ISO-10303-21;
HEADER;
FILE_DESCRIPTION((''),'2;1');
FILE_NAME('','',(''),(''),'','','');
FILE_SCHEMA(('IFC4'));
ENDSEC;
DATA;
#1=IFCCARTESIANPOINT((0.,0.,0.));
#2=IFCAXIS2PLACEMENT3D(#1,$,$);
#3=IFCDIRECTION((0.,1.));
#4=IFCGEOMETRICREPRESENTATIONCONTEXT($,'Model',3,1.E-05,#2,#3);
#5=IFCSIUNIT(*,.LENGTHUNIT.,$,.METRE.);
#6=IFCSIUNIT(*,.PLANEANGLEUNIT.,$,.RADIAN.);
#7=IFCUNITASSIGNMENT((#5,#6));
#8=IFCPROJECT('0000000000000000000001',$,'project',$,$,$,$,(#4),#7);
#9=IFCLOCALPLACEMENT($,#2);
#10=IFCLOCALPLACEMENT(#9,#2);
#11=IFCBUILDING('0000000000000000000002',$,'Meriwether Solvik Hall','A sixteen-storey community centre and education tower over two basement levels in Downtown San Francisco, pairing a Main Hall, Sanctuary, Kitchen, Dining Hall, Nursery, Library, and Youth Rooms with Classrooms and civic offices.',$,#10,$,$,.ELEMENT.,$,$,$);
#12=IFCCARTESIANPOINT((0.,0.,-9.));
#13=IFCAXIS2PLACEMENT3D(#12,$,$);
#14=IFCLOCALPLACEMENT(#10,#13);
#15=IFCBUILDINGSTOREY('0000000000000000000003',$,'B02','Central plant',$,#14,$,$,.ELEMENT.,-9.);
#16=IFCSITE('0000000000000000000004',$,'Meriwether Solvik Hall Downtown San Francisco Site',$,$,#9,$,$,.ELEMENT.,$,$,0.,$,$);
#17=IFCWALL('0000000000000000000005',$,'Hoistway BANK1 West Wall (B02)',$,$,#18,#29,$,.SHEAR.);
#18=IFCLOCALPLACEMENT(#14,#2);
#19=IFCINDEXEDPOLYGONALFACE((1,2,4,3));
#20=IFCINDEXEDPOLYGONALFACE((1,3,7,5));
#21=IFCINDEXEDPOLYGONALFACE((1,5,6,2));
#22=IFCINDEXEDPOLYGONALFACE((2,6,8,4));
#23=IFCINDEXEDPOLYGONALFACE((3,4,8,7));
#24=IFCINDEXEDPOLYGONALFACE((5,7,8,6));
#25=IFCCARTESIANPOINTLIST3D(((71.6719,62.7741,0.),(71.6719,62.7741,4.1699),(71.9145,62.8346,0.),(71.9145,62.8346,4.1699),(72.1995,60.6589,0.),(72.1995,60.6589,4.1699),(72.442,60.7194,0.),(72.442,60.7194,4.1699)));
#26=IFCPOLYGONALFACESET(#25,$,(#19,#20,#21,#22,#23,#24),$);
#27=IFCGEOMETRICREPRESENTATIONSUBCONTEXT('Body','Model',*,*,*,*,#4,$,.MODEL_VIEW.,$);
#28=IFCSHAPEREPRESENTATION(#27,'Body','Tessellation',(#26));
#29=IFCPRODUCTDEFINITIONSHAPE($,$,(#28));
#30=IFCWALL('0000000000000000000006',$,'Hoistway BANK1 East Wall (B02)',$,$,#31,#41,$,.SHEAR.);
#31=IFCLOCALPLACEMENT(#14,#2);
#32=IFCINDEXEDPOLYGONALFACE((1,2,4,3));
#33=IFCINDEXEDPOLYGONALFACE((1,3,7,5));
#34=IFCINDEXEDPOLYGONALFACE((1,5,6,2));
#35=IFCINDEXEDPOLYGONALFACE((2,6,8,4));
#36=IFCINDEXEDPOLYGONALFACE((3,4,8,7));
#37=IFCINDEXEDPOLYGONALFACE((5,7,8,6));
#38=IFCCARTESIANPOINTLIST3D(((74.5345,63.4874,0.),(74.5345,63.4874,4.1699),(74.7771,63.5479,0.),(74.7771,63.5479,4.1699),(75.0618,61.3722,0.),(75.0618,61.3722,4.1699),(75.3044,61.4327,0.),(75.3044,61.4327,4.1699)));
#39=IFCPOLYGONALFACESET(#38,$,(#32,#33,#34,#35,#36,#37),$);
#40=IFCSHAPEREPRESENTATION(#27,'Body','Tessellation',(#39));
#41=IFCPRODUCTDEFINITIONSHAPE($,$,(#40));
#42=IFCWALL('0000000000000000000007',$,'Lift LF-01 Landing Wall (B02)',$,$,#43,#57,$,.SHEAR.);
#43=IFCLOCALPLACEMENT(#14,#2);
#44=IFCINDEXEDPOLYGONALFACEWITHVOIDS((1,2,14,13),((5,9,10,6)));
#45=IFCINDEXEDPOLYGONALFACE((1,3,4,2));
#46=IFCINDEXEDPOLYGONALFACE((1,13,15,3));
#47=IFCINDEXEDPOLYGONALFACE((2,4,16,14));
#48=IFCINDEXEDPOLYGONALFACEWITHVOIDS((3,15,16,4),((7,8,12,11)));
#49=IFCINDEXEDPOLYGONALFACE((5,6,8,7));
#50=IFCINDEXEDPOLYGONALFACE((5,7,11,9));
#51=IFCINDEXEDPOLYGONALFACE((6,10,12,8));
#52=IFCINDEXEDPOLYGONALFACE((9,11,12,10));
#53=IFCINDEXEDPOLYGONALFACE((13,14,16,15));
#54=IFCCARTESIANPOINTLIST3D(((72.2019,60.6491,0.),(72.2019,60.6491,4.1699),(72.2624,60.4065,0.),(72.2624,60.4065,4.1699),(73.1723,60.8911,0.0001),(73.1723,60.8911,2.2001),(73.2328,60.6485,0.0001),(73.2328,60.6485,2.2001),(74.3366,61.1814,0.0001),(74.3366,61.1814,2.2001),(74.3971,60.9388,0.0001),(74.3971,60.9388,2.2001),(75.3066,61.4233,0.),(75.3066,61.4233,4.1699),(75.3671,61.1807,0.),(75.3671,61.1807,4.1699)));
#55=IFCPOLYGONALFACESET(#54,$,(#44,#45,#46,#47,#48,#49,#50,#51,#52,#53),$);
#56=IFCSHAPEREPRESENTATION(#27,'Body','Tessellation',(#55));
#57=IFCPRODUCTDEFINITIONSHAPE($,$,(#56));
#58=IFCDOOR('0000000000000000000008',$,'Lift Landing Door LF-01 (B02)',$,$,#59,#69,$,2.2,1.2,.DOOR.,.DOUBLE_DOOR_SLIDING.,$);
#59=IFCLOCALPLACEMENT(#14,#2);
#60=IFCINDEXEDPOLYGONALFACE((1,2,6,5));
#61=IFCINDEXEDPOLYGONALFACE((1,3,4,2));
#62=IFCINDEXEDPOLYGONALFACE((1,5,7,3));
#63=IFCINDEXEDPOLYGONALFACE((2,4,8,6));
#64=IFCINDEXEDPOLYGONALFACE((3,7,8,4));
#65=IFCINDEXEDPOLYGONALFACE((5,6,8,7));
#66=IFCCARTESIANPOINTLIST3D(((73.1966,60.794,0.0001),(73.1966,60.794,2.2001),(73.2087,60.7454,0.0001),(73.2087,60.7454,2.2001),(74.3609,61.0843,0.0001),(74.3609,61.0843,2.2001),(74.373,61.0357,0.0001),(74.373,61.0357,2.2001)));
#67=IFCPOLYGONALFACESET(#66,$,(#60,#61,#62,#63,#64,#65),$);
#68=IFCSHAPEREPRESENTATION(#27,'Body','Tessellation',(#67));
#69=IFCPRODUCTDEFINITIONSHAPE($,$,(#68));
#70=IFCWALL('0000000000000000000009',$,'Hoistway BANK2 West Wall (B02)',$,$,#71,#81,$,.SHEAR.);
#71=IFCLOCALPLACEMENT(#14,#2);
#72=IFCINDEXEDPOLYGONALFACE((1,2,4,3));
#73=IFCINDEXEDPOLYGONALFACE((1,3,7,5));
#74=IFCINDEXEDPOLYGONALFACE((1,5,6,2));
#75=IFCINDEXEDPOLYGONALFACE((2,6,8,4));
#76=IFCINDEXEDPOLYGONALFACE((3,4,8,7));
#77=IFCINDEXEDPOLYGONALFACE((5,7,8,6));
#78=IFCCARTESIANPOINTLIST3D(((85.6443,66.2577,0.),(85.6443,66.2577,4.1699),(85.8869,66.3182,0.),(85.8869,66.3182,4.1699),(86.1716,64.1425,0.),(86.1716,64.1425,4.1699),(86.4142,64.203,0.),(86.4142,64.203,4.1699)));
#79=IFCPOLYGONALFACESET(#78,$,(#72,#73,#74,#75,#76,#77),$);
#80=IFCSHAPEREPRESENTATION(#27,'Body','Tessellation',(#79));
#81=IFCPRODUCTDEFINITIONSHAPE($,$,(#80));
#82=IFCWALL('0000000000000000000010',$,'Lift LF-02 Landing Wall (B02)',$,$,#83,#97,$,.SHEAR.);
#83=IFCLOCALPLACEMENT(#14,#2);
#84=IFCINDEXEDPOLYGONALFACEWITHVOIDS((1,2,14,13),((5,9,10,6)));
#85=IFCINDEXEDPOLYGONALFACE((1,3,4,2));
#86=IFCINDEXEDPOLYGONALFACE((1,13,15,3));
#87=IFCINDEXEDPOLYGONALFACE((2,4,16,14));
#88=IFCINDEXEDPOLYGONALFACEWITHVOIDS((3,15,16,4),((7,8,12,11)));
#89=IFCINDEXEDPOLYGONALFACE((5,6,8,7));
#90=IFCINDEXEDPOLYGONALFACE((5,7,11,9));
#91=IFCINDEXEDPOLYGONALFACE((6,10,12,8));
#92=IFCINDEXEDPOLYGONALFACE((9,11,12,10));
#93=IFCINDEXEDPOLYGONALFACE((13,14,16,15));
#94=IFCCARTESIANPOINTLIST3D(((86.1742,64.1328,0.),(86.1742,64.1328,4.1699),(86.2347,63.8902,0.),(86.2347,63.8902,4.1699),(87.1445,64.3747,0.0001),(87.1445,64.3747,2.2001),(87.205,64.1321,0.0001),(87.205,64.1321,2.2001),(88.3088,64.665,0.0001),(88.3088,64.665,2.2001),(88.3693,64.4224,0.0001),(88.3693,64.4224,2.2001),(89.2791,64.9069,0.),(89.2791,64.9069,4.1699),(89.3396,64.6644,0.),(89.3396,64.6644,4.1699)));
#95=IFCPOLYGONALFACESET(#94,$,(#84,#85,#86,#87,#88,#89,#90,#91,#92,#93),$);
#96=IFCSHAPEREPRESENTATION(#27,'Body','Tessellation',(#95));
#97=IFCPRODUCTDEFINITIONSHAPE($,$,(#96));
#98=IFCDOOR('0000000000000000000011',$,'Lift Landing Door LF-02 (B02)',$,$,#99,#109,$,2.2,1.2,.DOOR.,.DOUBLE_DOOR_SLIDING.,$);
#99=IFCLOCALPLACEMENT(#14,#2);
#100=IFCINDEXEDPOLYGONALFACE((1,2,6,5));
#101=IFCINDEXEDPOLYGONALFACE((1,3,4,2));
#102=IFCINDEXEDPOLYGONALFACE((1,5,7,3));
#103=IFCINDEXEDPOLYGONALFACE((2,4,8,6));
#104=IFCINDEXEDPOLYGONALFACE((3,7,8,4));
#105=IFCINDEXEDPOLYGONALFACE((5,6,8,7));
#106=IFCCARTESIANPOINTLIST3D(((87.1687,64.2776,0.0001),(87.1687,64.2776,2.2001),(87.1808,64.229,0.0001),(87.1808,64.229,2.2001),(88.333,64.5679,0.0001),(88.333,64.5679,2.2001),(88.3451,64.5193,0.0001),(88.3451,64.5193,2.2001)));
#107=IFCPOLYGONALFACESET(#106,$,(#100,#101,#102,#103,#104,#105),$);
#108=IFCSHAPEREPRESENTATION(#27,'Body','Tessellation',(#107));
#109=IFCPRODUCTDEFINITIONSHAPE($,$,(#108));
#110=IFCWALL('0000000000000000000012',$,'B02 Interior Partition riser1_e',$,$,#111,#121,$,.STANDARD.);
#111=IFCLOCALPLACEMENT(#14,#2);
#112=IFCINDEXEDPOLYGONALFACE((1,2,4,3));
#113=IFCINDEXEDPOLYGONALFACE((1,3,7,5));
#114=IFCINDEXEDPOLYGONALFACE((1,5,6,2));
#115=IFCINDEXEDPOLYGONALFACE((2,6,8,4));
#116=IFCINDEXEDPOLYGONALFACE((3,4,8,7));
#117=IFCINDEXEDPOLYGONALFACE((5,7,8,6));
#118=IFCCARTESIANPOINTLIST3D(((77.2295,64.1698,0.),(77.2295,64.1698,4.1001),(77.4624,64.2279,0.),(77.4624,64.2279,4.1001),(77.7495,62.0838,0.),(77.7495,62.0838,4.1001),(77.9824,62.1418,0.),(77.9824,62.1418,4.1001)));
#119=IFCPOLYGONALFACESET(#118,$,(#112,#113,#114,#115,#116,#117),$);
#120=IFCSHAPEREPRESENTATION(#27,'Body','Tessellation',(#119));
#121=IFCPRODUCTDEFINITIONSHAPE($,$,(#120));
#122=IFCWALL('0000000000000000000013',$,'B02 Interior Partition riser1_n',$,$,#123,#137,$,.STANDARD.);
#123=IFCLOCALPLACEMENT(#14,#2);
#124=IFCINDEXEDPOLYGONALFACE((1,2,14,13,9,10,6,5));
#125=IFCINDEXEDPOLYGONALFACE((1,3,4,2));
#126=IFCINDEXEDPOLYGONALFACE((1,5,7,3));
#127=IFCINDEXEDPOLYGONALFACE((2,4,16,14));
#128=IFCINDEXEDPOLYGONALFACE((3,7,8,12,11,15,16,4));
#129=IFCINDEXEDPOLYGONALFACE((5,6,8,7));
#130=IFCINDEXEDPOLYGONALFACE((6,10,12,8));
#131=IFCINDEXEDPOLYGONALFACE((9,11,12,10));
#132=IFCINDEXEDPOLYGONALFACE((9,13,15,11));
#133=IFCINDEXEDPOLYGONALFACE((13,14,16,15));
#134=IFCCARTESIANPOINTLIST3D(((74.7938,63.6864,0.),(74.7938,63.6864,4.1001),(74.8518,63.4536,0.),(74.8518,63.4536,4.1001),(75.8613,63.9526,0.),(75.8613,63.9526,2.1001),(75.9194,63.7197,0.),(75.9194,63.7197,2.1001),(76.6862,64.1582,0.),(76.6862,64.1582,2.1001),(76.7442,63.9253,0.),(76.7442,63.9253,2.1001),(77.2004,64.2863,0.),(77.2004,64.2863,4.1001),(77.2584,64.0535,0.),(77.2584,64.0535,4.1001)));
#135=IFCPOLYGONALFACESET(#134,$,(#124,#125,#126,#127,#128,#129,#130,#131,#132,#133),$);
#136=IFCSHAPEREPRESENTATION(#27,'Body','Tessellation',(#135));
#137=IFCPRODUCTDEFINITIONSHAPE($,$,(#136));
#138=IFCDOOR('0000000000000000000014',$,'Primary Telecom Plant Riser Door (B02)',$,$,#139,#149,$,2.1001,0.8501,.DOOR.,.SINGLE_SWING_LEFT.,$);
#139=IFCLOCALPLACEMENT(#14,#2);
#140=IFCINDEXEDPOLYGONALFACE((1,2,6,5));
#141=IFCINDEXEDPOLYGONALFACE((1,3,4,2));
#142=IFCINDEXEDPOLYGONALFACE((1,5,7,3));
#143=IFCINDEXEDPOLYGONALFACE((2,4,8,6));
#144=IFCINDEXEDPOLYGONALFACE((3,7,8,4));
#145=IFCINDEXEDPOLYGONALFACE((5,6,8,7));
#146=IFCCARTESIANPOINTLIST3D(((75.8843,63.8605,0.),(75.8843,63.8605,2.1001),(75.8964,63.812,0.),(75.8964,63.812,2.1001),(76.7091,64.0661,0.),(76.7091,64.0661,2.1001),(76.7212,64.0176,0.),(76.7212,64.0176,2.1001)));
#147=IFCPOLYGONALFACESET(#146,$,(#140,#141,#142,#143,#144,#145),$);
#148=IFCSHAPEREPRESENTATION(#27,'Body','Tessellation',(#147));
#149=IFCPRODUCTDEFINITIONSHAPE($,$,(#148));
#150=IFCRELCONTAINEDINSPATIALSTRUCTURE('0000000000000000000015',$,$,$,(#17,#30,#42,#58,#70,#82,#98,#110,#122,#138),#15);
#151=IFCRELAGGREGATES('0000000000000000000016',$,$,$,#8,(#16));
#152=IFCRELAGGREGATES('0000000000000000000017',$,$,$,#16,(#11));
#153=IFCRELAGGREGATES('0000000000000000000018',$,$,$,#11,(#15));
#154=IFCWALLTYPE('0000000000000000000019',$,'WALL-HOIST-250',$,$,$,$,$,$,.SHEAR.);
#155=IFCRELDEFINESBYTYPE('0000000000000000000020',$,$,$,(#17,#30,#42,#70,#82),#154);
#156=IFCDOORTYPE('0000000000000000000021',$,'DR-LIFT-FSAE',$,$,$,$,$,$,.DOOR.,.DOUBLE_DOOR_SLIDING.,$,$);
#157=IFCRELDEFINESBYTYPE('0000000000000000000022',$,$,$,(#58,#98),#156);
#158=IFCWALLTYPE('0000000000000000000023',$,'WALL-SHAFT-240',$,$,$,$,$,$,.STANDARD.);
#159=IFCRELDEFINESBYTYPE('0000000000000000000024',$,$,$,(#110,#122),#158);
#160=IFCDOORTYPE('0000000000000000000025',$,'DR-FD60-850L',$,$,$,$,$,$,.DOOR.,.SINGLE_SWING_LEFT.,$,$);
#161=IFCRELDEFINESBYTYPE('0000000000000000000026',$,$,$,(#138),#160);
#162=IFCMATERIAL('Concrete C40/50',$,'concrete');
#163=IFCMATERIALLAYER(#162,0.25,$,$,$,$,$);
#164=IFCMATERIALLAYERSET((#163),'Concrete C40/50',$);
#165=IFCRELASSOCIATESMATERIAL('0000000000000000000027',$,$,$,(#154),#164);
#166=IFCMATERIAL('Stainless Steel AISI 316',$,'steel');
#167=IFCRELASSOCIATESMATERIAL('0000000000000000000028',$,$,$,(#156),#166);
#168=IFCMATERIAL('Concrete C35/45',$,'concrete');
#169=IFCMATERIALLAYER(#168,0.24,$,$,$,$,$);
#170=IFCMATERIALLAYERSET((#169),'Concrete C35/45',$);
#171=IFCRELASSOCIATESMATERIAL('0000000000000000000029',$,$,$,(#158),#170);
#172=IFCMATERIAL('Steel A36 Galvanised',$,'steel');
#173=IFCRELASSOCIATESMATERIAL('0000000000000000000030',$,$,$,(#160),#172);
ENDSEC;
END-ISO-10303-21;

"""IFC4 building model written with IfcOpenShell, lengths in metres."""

from ifc_helpers import new_model, si_unit, direction, frame, frame_2d, origin, place, context, subcontext, project, spatial, rectangle, extrude, material, layer, layer_set, type_object, element, fill, save


model = new_model("IFC4")

# Units and contexts
model_context = context("Model", 3, precision=1e-05, world=origin(), true_north=direction((0.0, 1.0)))
body_context = subcontext(model_context, "Body", "Model", "MODEL_VIEW")
ifc_project = project(units=[si_unit("LENGTHUNIT", "METRE"), si_unit("PLANEANGLEUNIT", "RADIAN")], contexts=[model_context])

# Site, building, storey
site_placement = place(None, origin())
site = spatial("IfcSite", under=ifc_project, at=site_placement, Name="Meriwether Solvik Hall Downtown San Francisco Site", CompositionType="ELEMENT", RefElevation=0.0)
building_placement = place(site_placement, origin())
building = spatial("IfcBuilding", under=site, at=building_placement, Name="Meriwether Solvik Hall", Description="A sixteen-storey community centre and education tower over two basement levels in Downtown San Francisco, pairing a Main Hall, Sanctuary, Kitchen, Dining Hall, Nursery, Library, and Youth Rooms with Classrooms and civic offices.", CompositionType="ELEMENT")
storey_placement = place(building_placement, frame((0.0, 0.0, -9.0)))
storey = spatial("IfcBuildingStorey", under=building, at=storey_placement, Name="B02", Description="Central plant", CompositionType="ELEMENT", Elevation=-9.0)

# Walls
ifc_material_1 = material(Name="Concrete C40/50", Category="concrete")
ifc_layer_1 = layer(ifc_material_1, 0.25)
ifc_layer_set_1 = layer_set([ifc_layer_1], Name="Concrete C40/50")
wall_type_1 = type_object("IfcWallType", Name="WALL-HOIST-250", PredefinedType="SHEAR", material=ifc_layer_set_1)
for number, where, z_axis, x_axis, name in (
    (1, (71.7932, 62.8042, 0.0), (0.0, 0.0, 1.0), (0.242009, -0.970274, 0.0), "Hoistway BANK1 West Wall (B02)"),
    (2, (75.1831, 61.4026, 0.0), (0.0, 0.0, 1.0), (-0.241903, 0.9703, 0.0), "Hoistway BANK1 East Wall (B02)"),
):
    element("IfcWall", number, at=place(storey_placement, frame(where, z_axis=z_axis, x_axis=x_axis)), inside=storey, type_object=wall_type_1, Name=name, PredefinedType="SHEAR", context=body_context, shape_type="SweptSolid", body=[
        extrude(rectangle(XDim=2.1799, YDim=0.25, at=frame_2d((1.0898, 0.0))), origin(), (0.0, 0.0, 1.0), 4.1699),
    ])

# Wall, opening, door
wall_1_placement = place(storey_placement, frame((72.2322, 60.5278, 0.0), z_axis=(0.0, 0.0, 1.0), x_axis=(0.97029, 0.241943, 0.0)))
wall_1 = element("IfcWall", 3, at=wall_1_placement, inside=storey, type_object=wall_type_1, Name="Lift LF-01 Landing Wall (B02)", PredefinedType="SHEAR", context=body_context, shape_type="SweptSolid", body=[
    extrude(rectangle(XDim=3.1997, YDim=0.25, at=frame_2d((1.5999, 0.0))), origin(), (0.0, 0.0, 1.0), 4.1699),
])
opening_1_placement = place(wall_1_placement, frame((1.0, 0.0, 0.0)))
opening_1 = element("IfcOpeningElement", 4, at=opening_1_placement, cuts=wall_1, PredefinedType="OPENING", context=body_context, shape_type="SweptSolid", body=[
    extrude(rectangle(XDim=1.2, YDim=2.2, at=frame_2d((0.6001, 1.1001))), frame((0.0, 0.137, 0.0), z_axis=(0.0, -1.0, 0.0), x_axis=(1.0, 0.0, 0.0)), (0.0, 0.0, 1.0), 0.2739),
])
ifc_material_2 = material(Name="Stainless Steel AISI 316", Category="steel")
door_type_1 = type_object("IfcDoorType", Name="DR-LIFT-FSAE", OperationType="DOUBLE_DOOR_SLIDING", PredefinedType="DOOR", material=ifc_material_2)
door_1_placement = place(opening_1_placement, origin())
door_1 = element("IfcDoor", 5, at=door_1_placement, inside=storey, type_object=door_type_1, Name="Lift Landing Door LF-01 (B02)", OperationType="DOUBLE_DOOR_SLIDING", OverallHeight=2.2, OverallWidth=1.2, PredefinedType="DOOR", context=body_context, shape_type="SweptSolid", body=[
    extrude(rectangle(XDim=1.2, YDim=2.2, at=frame_2d((0.6001, 1.1001))), frame((0.0, 0.0249, 0.0), z_axis=(0.0, -1.0, 0.0), x_axis=(1.0, 0.0, 0.0)), (0.0, 0.0, 1.0), 0.05),
])
fill(opening_1, door_1)

# Wall
wall_2_placement = place(storey_placement, frame((85.7656, 66.2878, 0.0), z_axis=(0.0, 0.0, 1.0), x_axis=(0.241903, -0.9703, 0.0)))
element("IfcWall", 6, at=wall_2_placement, inside=storey, type_object=wall_type_1, Name="Hoistway BANK2 West Wall (B02)", PredefinedType="SHEAR", context=body_context, shape_type="SweptSolid", body=[
    extrude(rectangle(XDim=2.1799, YDim=0.25, at=frame_2d((1.0898, 0.0))), origin(), (0.0, 0.0, 1.0), 4.1699),
])

# Wall, opening, door
wall_3_placement = place(storey_placement, frame((86.2043, 64.0115, 0.0), z_axis=(0.0, 0.0, 1.0), x_axis=(0.970295, 0.241925, 0.0)))
wall_3 = element("IfcWall", 7, at=wall_3_placement, inside=storey, type_object=wall_type_1, Name="Lift LF-02 Landing Wall (B02)", PredefinedType="SHEAR", context=body_context, shape_type="SweptSolid", body=[
    extrude(rectangle(XDim=3.2, YDim=0.25, at=frame_2d((1.6001, 0.0))), origin(), (0.0, 0.0, 1.0), 4.1699),
])
opening_2_placement = place(wall_3_placement, frame((1.0, 0.0, 0.0)))
opening_2 = element("IfcOpeningElement", 8, at=opening_2_placement, cuts=wall_3, PredefinedType="OPENING", context=body_context, shape_type="SweptSolid", body=[
    extrude(rectangle(XDim=1.2, YDim=2.2, at=frame_2d((0.6001, 1.1001))), frame((0.0, 0.137, 0.0), z_axis=(0.0, -1.0, 0.0), x_axis=(1.0, 0.0, 0.0)), (0.0, 0.0, 1.0), 0.2739),
])
door_2_placement = place(opening_2_placement, origin())
door_2 = element("IfcDoor", 9, at=door_2_placement, inside=storey, type_object=door_type_1, Name="Lift Landing Door LF-02 (B02)", OperationType="DOUBLE_DOOR_SLIDING", OverallHeight=2.2, OverallWidth=1.2, PredefinedType="DOOR", context=body_context, shape_type="SweptSolid", body=[
    extrude(rectangle(XDim=1.2, YDim=2.2, at=frame_2d((0.6001, 1.1001))), frame((0.0, 0.0249, 0.0), z_axis=(0.0, -1.0, 0.0), x_axis=(1.0, 0.0, 0.0)), (0.0, 0.0, 1.0), 0.05),
])
fill(opening_2, door_2)

# Wall
ifc_material_3 = material(Name="Concrete C35/45", Category="concrete")
ifc_layer_2 = layer(ifc_material_3, 0.24)
ifc_layer_set_2 = layer_set([ifc_layer_2], Name="Concrete C35/45")
wall_type_2 = type_object("IfcWallType", Name="WALL-SHAFT-240", PredefinedType="STANDARD", material=ifc_layer_set_2)
wall_4_placement = place(storey_placement, frame((77.866, 62.1128, 0.0), z_axis=(0.0, 0.0, 1.0), x_axis=(-0.241868, 0.970309, 0.0)))
element("IfcWall", 10, at=wall_4_placement, inside=storey, type_object=wall_type_2, Name="B02 Interior Partition riser1_e", PredefinedType="STANDARD", context=body_context, shape_type="SweptSolid", body=[
    extrude(rectangle(XDim=2.1499, YDim=0.24, at=frame_2d((1.075, 0.0))), origin(), (0.0, 0.0, 1.0), 4.1001),
])

# Wall, opening, door
wall_5_placement = place(storey_placement, frame((77.2295, 64.1699, 0.0), z_axis=(0.0, 0.0, 1.0), x_axis=(-0.97031, -0.241864, 0.0)))
wall_5 = element("IfcWall", 11, at=wall_5_placement, inside=storey, type_object=wall_type_2, Name="B02 Interior Partition riser1_n", PredefinedType="STANDARD", context=body_context, shape_type="SweptSolid", body=[
    extrude(rectangle(XDim=2.4802, YDim=0.24, at=frame_2d((1.2402, 0.0))), origin(), (0.0, 0.0, 1.0), 4.1001),
])
opening_3_placement = place(wall_5_placement, frame((0.53, 0.0, 0.0)))
opening_3 = element("IfcOpeningElement", 12, at=opening_3_placement, cuts=wall_5, PredefinedType="OPENING", context=body_context, shape_type="SweptSolid", body=[
    extrude(rectangle(XDim=0.8501, YDim=2.1001, at=frame_2d((0.425, 1.05))), frame((0.0, 0.1318, 0.0), z_axis=(0.0, -1.0, 0.0), x_axis=(1.0, 0.0, 0.0)), (0.0, 0.0, 1.0), 0.2639),
])
ifc_material_4 = material(Name="Steel A36 Galvanised", Category="steel")
door_type_2 = type_object("IfcDoorType", Name="DR-FD60-850L", OperationType="SINGLE_SWING_LEFT", PredefinedType="DOOR", material=ifc_material_4)
door_3_placement = place(opening_3_placement, origin())
door_3 = element("IfcDoor", 13, at=door_3_placement, inside=storey, type_object=door_type_2, Name="Primary Telecom Plant Riser Door (B02)", OperationType="SINGLE_SWING_LEFT", OverallHeight=2.1001, OverallWidth=0.8501, PredefinedType="DOOR", context=body_context, shape_type="SweptSolid", body=[
    extrude(rectangle(XDim=0.8501, YDim=2.1001, at=frame_2d((0.425, 1.05))), frame((0.0, 0.0249, 0.0), z_axis=(0.0, -1.0, 0.0), x_axis=(1.0, 0.0, 0.0)), (0.0, 0.0, 1.0), 0.05),
])
fill(opening_3, door_3)

save(model, "model.ifc")
